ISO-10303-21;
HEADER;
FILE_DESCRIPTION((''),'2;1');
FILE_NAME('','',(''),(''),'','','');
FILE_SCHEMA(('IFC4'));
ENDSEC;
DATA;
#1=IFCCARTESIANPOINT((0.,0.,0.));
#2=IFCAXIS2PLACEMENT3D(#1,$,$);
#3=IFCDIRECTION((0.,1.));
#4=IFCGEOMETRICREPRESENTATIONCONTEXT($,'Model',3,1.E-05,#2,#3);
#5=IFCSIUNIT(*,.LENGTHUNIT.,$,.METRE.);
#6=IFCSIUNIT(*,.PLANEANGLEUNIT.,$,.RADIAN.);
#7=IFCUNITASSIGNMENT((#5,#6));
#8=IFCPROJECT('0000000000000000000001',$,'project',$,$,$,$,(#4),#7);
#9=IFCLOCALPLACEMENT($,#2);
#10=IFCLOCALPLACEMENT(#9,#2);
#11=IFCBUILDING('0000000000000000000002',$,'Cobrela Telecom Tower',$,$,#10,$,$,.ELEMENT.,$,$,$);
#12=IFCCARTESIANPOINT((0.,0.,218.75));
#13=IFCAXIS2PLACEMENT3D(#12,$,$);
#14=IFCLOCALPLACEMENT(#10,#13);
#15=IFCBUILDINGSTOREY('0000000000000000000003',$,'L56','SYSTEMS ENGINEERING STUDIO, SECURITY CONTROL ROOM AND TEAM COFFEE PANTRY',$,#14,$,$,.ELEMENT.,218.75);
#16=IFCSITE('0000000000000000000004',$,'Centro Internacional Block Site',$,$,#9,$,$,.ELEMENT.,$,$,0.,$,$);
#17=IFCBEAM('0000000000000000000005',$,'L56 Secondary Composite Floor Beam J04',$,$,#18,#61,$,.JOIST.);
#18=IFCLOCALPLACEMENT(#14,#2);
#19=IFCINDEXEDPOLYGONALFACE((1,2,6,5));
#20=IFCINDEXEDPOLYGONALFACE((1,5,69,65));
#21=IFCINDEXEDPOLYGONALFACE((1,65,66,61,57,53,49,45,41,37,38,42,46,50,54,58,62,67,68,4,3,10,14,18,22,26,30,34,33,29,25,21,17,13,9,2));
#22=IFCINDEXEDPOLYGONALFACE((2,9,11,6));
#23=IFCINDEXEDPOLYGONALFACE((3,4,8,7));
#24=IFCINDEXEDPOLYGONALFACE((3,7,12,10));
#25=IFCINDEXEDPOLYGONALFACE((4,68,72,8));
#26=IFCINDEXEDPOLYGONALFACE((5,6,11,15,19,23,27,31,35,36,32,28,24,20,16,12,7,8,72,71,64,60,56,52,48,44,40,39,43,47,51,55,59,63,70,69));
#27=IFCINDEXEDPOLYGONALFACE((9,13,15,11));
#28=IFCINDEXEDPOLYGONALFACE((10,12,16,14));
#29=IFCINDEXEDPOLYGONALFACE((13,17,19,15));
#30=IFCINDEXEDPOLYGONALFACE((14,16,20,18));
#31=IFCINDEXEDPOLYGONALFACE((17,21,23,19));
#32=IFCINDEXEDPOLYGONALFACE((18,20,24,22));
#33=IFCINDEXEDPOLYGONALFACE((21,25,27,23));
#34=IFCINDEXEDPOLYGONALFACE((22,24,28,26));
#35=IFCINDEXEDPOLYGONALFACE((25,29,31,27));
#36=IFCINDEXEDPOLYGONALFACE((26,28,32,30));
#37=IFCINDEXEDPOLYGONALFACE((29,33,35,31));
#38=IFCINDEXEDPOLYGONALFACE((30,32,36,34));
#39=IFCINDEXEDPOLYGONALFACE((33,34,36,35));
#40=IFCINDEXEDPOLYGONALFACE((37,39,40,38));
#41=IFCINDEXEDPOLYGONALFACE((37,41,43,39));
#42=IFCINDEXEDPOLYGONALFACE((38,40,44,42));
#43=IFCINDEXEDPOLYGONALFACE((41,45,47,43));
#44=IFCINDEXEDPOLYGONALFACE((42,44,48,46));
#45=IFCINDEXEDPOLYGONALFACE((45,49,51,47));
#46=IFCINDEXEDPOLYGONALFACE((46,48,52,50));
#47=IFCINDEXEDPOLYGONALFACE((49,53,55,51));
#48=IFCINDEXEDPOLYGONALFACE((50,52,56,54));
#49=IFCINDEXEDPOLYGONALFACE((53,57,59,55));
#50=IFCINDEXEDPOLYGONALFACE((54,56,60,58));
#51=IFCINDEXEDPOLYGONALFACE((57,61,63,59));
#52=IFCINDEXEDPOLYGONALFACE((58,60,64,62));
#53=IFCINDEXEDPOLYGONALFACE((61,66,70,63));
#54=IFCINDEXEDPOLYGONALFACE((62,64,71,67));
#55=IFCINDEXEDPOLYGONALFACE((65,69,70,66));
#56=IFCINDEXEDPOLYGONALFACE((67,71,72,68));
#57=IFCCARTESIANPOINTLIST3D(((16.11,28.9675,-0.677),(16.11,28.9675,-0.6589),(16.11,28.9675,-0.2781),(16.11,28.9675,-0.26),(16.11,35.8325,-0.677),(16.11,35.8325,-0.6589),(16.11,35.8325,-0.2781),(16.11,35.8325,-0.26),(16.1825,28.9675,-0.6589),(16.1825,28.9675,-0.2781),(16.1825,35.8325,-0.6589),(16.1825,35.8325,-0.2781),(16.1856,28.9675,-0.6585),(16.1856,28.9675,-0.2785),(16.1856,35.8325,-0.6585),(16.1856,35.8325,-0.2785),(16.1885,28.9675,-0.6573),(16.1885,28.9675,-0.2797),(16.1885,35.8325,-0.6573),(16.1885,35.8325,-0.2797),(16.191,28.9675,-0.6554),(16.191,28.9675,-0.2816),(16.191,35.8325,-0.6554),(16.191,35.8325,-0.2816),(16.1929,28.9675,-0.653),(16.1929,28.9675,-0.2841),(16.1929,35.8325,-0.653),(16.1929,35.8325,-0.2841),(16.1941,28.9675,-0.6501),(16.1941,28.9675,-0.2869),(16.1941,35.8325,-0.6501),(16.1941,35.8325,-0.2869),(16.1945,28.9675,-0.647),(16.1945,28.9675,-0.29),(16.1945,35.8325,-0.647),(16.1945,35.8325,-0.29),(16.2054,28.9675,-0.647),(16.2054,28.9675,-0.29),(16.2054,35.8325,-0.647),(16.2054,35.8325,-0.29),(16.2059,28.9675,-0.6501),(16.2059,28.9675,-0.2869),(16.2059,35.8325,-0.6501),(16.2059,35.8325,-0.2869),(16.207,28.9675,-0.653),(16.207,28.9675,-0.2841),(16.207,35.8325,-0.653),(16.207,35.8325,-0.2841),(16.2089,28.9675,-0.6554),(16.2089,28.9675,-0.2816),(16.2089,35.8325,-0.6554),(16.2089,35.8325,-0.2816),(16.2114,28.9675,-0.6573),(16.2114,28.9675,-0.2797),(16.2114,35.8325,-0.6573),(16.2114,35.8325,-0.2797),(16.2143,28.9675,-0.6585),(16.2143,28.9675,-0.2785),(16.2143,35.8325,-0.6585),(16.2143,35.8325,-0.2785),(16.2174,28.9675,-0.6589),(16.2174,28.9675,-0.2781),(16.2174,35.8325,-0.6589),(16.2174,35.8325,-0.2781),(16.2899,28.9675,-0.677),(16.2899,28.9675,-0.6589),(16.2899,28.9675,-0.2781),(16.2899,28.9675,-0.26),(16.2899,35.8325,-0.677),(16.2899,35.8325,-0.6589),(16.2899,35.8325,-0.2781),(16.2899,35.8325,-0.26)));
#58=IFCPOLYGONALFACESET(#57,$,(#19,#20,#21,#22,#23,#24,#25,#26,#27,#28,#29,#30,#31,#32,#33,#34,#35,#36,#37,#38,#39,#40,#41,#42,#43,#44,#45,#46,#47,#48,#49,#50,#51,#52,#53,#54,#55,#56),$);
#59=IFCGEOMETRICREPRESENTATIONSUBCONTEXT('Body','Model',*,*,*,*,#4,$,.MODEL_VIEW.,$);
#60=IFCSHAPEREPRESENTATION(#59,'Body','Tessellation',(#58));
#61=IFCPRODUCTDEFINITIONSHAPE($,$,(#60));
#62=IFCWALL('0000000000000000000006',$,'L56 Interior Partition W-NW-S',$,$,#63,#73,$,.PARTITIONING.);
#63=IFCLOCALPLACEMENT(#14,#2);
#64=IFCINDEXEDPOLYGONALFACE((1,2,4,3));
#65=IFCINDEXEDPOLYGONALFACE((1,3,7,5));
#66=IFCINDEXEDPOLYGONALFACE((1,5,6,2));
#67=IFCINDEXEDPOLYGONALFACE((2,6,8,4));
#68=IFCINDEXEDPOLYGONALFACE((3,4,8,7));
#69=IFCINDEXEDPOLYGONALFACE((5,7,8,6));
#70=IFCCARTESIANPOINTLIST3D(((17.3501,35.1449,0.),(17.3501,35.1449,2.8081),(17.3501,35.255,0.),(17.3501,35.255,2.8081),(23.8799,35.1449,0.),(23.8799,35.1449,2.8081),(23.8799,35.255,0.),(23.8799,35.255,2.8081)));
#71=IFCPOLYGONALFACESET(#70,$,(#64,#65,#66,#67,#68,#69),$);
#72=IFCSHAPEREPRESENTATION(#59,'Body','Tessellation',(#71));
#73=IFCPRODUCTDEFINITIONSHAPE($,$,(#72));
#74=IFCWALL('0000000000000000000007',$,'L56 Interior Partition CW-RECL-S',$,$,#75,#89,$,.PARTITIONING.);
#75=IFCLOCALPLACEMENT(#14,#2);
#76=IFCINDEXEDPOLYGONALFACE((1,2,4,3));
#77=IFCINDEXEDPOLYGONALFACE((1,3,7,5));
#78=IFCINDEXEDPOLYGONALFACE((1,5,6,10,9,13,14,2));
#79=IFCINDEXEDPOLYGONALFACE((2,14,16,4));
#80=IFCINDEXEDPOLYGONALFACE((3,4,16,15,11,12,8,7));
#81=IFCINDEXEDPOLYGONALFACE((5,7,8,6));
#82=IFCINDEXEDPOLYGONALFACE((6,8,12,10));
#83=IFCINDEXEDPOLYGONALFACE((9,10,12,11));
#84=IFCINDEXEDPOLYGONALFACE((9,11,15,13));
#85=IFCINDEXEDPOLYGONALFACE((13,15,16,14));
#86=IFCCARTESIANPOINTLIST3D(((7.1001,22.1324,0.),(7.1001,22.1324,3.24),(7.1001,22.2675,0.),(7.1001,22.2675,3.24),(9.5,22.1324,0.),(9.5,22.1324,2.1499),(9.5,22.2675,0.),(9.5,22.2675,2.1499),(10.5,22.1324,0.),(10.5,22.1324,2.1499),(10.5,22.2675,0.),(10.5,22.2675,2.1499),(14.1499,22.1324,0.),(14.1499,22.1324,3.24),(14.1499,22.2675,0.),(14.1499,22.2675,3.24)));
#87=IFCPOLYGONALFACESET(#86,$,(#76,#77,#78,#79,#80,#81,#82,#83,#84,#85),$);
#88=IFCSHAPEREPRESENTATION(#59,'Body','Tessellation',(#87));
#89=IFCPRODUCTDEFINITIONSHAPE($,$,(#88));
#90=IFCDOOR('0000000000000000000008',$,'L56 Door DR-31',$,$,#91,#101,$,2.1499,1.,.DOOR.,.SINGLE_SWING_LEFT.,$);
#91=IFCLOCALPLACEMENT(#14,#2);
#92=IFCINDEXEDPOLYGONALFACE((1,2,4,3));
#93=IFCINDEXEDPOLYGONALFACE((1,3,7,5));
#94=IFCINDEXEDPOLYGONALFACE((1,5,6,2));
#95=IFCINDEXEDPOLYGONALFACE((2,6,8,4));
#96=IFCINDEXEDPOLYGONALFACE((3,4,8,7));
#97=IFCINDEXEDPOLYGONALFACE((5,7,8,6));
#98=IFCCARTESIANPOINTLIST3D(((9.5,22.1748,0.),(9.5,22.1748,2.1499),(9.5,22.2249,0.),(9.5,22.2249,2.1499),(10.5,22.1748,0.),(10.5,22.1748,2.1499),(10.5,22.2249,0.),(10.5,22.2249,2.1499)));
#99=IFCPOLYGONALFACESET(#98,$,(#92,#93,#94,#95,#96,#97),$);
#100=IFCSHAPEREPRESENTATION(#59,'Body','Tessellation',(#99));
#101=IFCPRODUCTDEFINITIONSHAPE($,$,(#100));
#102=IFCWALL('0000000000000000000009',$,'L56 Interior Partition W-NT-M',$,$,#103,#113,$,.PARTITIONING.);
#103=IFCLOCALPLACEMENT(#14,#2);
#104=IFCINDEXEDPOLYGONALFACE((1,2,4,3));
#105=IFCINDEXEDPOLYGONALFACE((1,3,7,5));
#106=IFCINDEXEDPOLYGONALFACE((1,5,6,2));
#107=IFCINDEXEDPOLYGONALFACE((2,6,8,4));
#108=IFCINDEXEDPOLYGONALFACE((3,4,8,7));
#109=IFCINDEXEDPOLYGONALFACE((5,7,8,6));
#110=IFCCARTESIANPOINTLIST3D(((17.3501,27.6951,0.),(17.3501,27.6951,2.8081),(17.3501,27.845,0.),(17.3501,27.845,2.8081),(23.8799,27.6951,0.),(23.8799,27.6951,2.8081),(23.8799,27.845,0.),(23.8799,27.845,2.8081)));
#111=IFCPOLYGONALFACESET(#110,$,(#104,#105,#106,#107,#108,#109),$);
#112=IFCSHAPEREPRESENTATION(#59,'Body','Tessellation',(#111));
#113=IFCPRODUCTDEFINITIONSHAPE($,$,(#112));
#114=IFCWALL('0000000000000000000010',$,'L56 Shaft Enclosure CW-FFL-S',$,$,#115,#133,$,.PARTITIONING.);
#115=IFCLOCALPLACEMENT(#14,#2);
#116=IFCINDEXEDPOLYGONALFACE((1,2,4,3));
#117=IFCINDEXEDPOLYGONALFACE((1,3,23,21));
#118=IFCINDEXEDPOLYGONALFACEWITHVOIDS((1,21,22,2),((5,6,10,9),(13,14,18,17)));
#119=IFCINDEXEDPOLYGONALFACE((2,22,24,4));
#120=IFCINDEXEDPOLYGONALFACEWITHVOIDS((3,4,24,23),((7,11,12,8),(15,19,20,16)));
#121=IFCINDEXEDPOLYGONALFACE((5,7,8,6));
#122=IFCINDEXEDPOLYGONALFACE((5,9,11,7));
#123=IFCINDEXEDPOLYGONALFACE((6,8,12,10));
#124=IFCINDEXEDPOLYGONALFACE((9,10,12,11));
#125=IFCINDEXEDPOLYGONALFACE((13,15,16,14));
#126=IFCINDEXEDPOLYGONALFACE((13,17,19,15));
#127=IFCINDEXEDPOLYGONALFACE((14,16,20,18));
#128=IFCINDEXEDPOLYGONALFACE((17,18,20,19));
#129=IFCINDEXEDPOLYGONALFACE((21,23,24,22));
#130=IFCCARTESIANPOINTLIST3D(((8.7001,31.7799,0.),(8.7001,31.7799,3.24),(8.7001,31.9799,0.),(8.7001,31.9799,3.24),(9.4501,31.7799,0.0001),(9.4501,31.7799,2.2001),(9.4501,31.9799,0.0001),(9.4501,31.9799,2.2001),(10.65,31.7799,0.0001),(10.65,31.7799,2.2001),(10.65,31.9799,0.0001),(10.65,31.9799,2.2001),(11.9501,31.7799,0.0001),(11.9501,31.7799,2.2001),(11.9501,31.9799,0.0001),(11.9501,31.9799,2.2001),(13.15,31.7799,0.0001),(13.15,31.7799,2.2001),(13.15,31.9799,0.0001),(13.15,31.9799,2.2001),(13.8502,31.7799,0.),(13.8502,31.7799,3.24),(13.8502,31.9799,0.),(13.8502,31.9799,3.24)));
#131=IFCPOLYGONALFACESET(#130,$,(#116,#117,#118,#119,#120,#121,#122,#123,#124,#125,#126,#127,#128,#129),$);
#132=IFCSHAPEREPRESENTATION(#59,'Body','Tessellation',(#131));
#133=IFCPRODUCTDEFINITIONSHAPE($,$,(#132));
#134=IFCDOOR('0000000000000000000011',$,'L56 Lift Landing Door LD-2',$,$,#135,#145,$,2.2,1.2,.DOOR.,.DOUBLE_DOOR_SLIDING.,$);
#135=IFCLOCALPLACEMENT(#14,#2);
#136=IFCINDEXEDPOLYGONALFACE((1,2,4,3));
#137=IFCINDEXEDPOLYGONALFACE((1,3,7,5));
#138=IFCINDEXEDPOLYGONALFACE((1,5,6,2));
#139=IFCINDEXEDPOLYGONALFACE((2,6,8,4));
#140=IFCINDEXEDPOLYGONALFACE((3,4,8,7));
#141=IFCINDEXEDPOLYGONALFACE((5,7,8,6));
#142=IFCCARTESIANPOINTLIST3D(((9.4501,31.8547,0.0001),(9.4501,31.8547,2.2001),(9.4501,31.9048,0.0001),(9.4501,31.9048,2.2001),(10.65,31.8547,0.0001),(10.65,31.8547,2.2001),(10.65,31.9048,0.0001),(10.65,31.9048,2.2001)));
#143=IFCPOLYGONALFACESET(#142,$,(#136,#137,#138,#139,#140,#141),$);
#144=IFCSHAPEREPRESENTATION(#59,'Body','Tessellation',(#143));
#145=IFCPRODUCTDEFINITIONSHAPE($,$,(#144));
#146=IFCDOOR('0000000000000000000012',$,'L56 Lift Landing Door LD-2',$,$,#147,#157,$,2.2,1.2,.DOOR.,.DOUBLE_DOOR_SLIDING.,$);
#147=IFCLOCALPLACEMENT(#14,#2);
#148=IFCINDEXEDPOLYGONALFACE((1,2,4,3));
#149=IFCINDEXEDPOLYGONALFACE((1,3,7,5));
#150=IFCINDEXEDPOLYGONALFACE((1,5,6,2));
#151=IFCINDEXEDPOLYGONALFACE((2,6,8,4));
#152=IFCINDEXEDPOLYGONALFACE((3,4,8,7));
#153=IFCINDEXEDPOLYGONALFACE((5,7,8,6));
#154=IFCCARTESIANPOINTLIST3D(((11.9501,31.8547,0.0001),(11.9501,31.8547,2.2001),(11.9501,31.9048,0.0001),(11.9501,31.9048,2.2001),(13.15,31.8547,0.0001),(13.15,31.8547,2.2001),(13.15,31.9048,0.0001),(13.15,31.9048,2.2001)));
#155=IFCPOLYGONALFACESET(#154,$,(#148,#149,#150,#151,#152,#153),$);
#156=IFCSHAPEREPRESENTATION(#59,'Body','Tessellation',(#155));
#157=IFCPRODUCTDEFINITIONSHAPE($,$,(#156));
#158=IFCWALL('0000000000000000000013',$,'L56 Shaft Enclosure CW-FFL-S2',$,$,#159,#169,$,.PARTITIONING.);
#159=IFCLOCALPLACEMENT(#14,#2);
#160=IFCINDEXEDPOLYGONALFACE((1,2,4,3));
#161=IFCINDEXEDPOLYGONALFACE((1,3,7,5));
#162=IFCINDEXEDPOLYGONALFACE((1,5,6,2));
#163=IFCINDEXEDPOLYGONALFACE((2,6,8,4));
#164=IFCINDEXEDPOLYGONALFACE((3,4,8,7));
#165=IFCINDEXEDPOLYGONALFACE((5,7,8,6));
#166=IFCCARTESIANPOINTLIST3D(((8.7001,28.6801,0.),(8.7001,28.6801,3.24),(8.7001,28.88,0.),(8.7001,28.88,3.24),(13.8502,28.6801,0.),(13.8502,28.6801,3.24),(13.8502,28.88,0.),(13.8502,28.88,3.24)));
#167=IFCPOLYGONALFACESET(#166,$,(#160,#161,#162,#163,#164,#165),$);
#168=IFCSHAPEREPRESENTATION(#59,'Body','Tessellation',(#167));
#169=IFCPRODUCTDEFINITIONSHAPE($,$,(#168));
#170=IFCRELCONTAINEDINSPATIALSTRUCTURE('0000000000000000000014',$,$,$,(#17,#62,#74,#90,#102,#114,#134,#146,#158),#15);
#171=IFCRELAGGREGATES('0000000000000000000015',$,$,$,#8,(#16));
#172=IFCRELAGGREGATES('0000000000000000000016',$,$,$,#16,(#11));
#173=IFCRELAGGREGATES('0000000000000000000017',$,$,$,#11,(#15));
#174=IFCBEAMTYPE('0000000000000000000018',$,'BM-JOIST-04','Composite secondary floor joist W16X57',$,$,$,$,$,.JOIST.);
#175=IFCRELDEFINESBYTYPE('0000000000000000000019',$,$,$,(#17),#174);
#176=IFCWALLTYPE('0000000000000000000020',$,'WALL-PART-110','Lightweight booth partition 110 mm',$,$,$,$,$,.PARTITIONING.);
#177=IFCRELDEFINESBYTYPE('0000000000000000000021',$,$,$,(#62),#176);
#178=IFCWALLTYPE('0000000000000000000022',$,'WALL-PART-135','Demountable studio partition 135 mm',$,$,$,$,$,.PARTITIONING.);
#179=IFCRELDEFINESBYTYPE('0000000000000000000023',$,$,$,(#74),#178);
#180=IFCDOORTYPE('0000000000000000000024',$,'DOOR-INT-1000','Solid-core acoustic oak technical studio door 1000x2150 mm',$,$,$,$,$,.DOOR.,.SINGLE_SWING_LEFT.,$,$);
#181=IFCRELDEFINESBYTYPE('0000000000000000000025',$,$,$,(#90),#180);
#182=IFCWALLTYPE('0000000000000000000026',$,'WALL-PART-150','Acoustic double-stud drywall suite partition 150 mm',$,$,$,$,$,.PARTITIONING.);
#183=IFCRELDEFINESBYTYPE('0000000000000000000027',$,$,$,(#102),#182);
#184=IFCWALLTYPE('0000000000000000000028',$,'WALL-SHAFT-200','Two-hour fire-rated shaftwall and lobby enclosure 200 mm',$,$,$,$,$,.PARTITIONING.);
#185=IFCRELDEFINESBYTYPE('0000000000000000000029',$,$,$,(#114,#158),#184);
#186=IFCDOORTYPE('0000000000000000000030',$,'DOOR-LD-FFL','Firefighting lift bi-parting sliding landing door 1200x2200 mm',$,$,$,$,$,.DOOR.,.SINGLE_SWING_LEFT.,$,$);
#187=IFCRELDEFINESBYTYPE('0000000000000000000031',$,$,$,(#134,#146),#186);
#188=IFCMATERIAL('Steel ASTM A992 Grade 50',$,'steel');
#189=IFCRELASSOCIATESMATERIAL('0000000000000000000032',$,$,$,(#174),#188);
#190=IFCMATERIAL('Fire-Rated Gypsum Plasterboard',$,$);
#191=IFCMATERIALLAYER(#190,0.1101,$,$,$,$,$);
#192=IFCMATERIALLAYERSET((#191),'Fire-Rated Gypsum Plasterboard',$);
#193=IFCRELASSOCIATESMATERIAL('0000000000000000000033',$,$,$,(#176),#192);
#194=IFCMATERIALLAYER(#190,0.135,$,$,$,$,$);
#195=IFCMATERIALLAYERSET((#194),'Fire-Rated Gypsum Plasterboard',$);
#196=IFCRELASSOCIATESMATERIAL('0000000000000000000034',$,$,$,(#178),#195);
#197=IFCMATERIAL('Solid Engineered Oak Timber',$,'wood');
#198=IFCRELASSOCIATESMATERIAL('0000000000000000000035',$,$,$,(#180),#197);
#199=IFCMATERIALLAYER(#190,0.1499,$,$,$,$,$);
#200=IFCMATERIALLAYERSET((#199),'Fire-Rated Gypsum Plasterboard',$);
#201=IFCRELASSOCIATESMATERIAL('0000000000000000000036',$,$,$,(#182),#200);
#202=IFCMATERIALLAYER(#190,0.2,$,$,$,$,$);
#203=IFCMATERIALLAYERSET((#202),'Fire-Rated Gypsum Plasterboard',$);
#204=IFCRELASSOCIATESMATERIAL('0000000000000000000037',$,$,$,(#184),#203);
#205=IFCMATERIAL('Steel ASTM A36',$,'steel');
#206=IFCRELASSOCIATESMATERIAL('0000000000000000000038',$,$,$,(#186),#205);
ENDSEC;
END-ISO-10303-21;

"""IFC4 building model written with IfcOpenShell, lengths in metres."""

from ifc_helpers import new_model, si_unit, direction, frame, frame_2d, origin, origin_2d, place, context, subcontext, project, spatial, rectangle, i_section, extrude, material, layer, layer_set, material_profile, profile_set, type_object, element, fill, save


model = new_model("IFC4")

# Units and contexts
model_context = context("Model", 3, precision=1e-05, world=origin(), true_north=direction((0.0, 1.0)))
body_context = subcontext(model_context, "Body", "Model", "MODEL_VIEW")
ifc_project = project(units=[si_unit("LENGTHUNIT", "METRE"), si_unit("PLANEANGLEUNIT", "RADIAN")], contexts=[model_context])

# Site, building, storey
site_placement = place(None, origin())
site = spatial("IfcSite", under=ifc_project, at=site_placement, Name="Centro Internacional Block Site", CompositionType="ELEMENT", RefElevation=0.0)
building_placement = place(site_placement, origin())
building = spatial("IfcBuilding", under=site, at=building_placement, Name="Cobrela Telecom Tower", CompositionType="ELEMENT")
storey_placement = place(building_placement, frame((0.0, 0.0, 218.75)))
storey = spatial("IfcBuildingStorey", under=building, at=storey_placement, Name="L56", Description="SYSTEMS ENGINEERING STUDIO, SECURITY CONTROL ROOM AND TEAM COFFEE PANTRY", CompositionType="ELEMENT", Elevation=218.75)

# Beam
ifc_material_1 = material(Name="Steel ASTM A992 Grade 50", Category="steel")
ifc_material_profile_1 = material_profile(ifc_material_1, i_section(OverallWidth=0.1799, OverallDepth=0.417, WebThickness=0.011, FlangeThickness=0.0181, FilletRadius=0.012, at=origin_2d()), Name="W16X57")
ifc_profile_set_1 = profile_set([ifc_material_profile_1], Name="Steel ASTM A992 Grade 50")
beam_type_1 = type_object("IfcBeamType", Name="BM-JOIST-04", Description="Composite secondary floor joist W16X57", PredefinedType="JOIST", material=ifc_profile_set_1)
for number, where, z_axis, x_axis, name in (
    (1, (16.2, 28.9675, -0.4685), (0.0, 1.0, 0.0), (-1.0, 0.0, 0.0), "L56 Secondary Composite Floor Beam J04"),
):
    element("IfcBeam", number, at=place(storey_placement, frame(where, z_axis=z_axis, x_axis=x_axis)), inside=storey, type_object=beam_type_1, Name=name, PredefinedType="JOIST", context=body_context, shape_type="SweptSolid", body=[
        extrude(i_section(OverallWidth=0.1799, OverallDepth=0.417, WebThickness=0.011, FlangeThickness=0.0181, FilletRadius=0.012, at=origin_2d()), origin(), (0.0, 0.0, 1.0), 6.865),
    ])

# Shared definitions
ifc_material_2 = material(Name="Steel ASTM A36", Category="steel")

# Wall
ifc_material_3 = material(Name="Fire-Rated Gypsum Plasterboard")
ifc_layer_1 = layer(ifc_material_3, 0.1101)
ifc_layer_set_1 = layer_set([ifc_layer_1], Name="Fire-Rated Gypsum Plasterboard")
wall_type_1 = type_object("IfcWallType", Name="WALL-PART-110", Description="Lightweight booth partition 110 mm", PredefinedType="PARTITIONING", material=ifc_layer_set_1)
wall_1_placement = place(storey_placement, frame((17.3501, 35.2, 0.0), z_axis=(0.0, 0.0, 1.0), x_axis=(1.0, 0.0, 0.0)))
element("IfcWall", 2, at=wall_1_placement, inside=storey, type_object=wall_type_1, Name="L56 Interior Partition W-NW-S", PredefinedType="PARTITIONING", context=body_context, shape_type="SweptSolid", body=[
    extrude(rectangle(XDim=6.5298, YDim=0.1101, at=frame_2d((3.2649, 0.0))), origin(), (0.0, 0.0, 1.0), 2.8081),
])

# Wall, opening, door
ifc_layer_2 = layer(ifc_material_3, 0.135)
ifc_layer_set_2 = layer_set([ifc_layer_2], Name="Fire-Rated Gypsum Plasterboard")
wall_type_2 = type_object("IfcWallType", Name="WALL-PART-135", Description="Demountable studio partition 135 mm", PredefinedType="PARTITIONING", material=ifc_layer_set_2)
wall_2_placement = place(storey_placement, frame((7.1001, 22.2, 0.0), z_axis=(0.0, 0.0, 1.0), x_axis=(1.0, 0.0, 0.0)))
wall_2 = element("IfcWall", 3, at=wall_2_placement, inside=storey, type_object=wall_type_2, Name="L56 Interior Partition CW-RECL-S", PredefinedType="PARTITIONING", context=body_context, shape_type="SweptSolid", body=[
    extrude(rectangle(XDim=7.0498, YDim=0.135, at=frame_2d((3.5249, 0.0))), origin(), (0.0, 0.0, 1.0), 3.24),
])
opening_1_placement = place(wall_2_placement, frame((2.3999, 0.0, 0.0)))
opening_1 = element("IfcOpeningElement", 4, at=opening_1_placement, cuts=wall_2, PredefinedType="OPENING", context=body_context, shape_type="SweptSolid", body=[
    extrude(rectangle(XDim=1.0, YDim=2.1499, at=frame_2d((0.5, 1.075))), frame((0.0, 0.0796, 0.0), z_axis=(0.0, -1.0, 0.0), x_axis=(1.0, 0.0, 0.0)), (0.0, 0.0, 1.0), 0.1589),
])
ifc_material_4 = material(Name="Solid Engineered Oak Timber", Category="wood")
door_type_1 = type_object("IfcDoorType", Name="DOOR-INT-1000", Description="Solid-core acoustic oak technical studio door 1000x2150 mm", OperationType="SINGLE_SWING_LEFT", PredefinedType="DOOR", material=ifc_material_4)
door_1_placement = place(opening_1_placement, origin())
door_1 = element("IfcDoor", 5, at=door_1_placement, inside=storey, type_object=door_type_1, Name="L56 Door DR-31", OperationType="SINGLE_SWING_LEFT", OverallHeight=2.1499, OverallWidth=1.0, PredefinedType="DOOR", context=body_context, shape_type="SweptSolid", body=[
    extrude(rectangle(XDim=1.0, YDim=2.1499, at=frame_2d((0.5, 1.075))), frame((0.0, 0.0249, 0.0), z_axis=(0.0, -1.0, 0.0), x_axis=(1.0, 0.0, 0.0)), (0.0, 0.0, 1.0), 0.05),
])
fill(opening_1, door_1)
ifc_layer_3 = layer(ifc_material_3, 0.1499)
ifc_layer_set_3 = layer_set([ifc_layer_3], Name="Fire-Rated Gypsum Plasterboard")
wall_type_3 = type_object("IfcWallType", Name="WALL-PART-150", Description="Acoustic double-stud drywall suite partition 150 mm", PredefinedType="PARTITIONING", material=ifc_layer_set_3)

# Wall
wall_3_placement = place(storey_placement, frame((17.3501, 27.77, 0.0), z_axis=(0.0, 0.0, 1.0), x_axis=(1.0, 0.0, 0.0)))
element("IfcWall", 6, at=wall_3_placement, inside=storey, type_object=wall_type_3, Name="L56 Interior Partition W-NT-M", PredefinedType="PARTITIONING", context=body_context, shape_type="SweptSolid", body=[
    extrude(rectangle(XDim=6.5298, YDim=0.1499, at=frame_2d((3.2649, 0.0))), origin(), (0.0, 0.0, 1.0), 2.8081),
])

# Wall, openings, doors
ifc_layer_4 = layer(ifc_material_3, 0.2)
ifc_layer_set_4 = layer_set([ifc_layer_4], Name="Fire-Rated Gypsum Plasterboard")
wall_type_4 = type_object("IfcWallType", Name="WALL-SHAFT-200", Description="Two-hour fire-rated shaftwall and lobby enclosure 200 mm", PredefinedType="PARTITIONING", material=ifc_layer_set_4)
wall_4_placement = place(storey_placement, frame((8.7, 31.8799, 0.0), z_axis=(0.0, 0.0, 1.0), x_axis=(1.0, 0.0, 0.0)))
wall_4 = element("IfcWall", 7, at=wall_4_placement, inside=storey, type_object=wall_type_4, Name="L56 Shaft Enclosure CW-FFL-S", PredefinedType="PARTITIONING", context=body_context, shape_type="SweptSolid", body=[
    extrude(rectangle(XDim=5.1501, YDim=0.2, at=frame_2d((2.5752, 0.0))), origin(), (0.0, 0.0, 1.0), 3.24),
])
opening_2_placement = place(wall_4_placement, frame((0.75, 0.0, 0.0)))
opening_2 = element("IfcOpeningElement", 8, at=opening_2_placement, cuts=wall_4, PredefinedType="OPENING", context=body_context, shape_type="SweptSolid", body=[
    extrude(rectangle(XDim=1.2, YDim=2.2, at=frame_2d((0.6001, 1.1001))), frame((0.0, 0.1118, 0.0), z_axis=(0.0, -1.0, 0.0), x_axis=(1.0, 0.0, 0.0)), (0.0, 0.0, 1.0), 0.2239),
])
opening_3_placement = place(wall_4_placement, frame((3.25, 0.0, 0.0)))
opening_3 = element("IfcOpeningElement", 9, at=opening_3_placement, cuts=wall_4, PredefinedType="OPENING", context=body_context, shape_type="SweptSolid", body=[
    extrude(rectangle(XDim=1.2, YDim=2.2, at=frame_2d((0.6001, 1.1001))), frame((0.0, 0.1118, 0.0), z_axis=(0.0, -1.0, 0.0), x_axis=(1.0, 0.0, 0.0)), (0.0, 0.0, 1.0), 0.2239),
])
door_type_2 = type_object("IfcDoorType", Name="DOOR-LD-FFL", Description="Firefighting lift bi-parting sliding landing door 1200x2200 mm", OperationType="SINGLE_SWING_LEFT", PredefinedType="DOOR", material=ifc_material_2)
door_2_placement = place(opening_2_placement, origin())
door_2 = element("IfcDoor", 10, at=door_2_placement, inside=storey, type_object=door_type_2, Name="L56 Lift Landing Door LD-2", OperationType="DOUBLE_DOOR_SLIDING", OverallHeight=2.2, OverallWidth=1.2, PredefinedType="DOOR", context=body_context, shape_type="SweptSolid", body=[
    extrude(rectangle(XDim=1.2, YDim=2.2, at=frame_2d((0.6001, 1.1001))), frame((0.0, 0.0249, 0.0), z_axis=(0.0, -1.0, 0.0), x_axis=(1.0, 0.0, 0.0)), (0.0, 0.0, 1.0), 0.05),
])
fill(opening_2, door_2)
door_3_placement = place(opening_3_placement, origin())
door_3 = element("IfcDoor", 11, at=door_3_placement, inside=storey, type_object=door_type_2, Name="L56 Lift Landing Door LD-2", OperationType="DOUBLE_DOOR_SLIDING", OverallHeight=2.2, OverallWidth=1.2, PredefinedType="DOOR", context=body_context, shape_type="SweptSolid", body=[
    extrude(rectangle(XDim=1.2, YDim=2.2, at=frame_2d((0.6001, 1.1001))), frame((0.0, 0.0249, 0.0), z_axis=(0.0, -1.0, 0.0), x_axis=(1.0, 0.0, 0.0)), (0.0, 0.0, 1.0), 0.05),
])
fill(opening_3, door_3)

# Wall
wall_5_placement = place(storey_placement, frame((8.7, 28.78, 0.0), z_axis=(0.0, 0.0, 1.0), x_axis=(1.0, 0.0, 0.0)))
element("IfcWall", 12, at=wall_5_placement, inside=storey, type_object=wall_type_4, Name="L56 Shaft Enclosure CW-FFL-S2", PredefinedType="PARTITIONING", context=body_context, shape_type="SweptSolid", body=[
    extrude(rectangle(XDim=5.1501, YDim=0.2, at=frame_2d((2.5752, 0.0))), origin(), (0.0, 0.0, 1.0), 3.24),
])

save(model, "model.ifc")
